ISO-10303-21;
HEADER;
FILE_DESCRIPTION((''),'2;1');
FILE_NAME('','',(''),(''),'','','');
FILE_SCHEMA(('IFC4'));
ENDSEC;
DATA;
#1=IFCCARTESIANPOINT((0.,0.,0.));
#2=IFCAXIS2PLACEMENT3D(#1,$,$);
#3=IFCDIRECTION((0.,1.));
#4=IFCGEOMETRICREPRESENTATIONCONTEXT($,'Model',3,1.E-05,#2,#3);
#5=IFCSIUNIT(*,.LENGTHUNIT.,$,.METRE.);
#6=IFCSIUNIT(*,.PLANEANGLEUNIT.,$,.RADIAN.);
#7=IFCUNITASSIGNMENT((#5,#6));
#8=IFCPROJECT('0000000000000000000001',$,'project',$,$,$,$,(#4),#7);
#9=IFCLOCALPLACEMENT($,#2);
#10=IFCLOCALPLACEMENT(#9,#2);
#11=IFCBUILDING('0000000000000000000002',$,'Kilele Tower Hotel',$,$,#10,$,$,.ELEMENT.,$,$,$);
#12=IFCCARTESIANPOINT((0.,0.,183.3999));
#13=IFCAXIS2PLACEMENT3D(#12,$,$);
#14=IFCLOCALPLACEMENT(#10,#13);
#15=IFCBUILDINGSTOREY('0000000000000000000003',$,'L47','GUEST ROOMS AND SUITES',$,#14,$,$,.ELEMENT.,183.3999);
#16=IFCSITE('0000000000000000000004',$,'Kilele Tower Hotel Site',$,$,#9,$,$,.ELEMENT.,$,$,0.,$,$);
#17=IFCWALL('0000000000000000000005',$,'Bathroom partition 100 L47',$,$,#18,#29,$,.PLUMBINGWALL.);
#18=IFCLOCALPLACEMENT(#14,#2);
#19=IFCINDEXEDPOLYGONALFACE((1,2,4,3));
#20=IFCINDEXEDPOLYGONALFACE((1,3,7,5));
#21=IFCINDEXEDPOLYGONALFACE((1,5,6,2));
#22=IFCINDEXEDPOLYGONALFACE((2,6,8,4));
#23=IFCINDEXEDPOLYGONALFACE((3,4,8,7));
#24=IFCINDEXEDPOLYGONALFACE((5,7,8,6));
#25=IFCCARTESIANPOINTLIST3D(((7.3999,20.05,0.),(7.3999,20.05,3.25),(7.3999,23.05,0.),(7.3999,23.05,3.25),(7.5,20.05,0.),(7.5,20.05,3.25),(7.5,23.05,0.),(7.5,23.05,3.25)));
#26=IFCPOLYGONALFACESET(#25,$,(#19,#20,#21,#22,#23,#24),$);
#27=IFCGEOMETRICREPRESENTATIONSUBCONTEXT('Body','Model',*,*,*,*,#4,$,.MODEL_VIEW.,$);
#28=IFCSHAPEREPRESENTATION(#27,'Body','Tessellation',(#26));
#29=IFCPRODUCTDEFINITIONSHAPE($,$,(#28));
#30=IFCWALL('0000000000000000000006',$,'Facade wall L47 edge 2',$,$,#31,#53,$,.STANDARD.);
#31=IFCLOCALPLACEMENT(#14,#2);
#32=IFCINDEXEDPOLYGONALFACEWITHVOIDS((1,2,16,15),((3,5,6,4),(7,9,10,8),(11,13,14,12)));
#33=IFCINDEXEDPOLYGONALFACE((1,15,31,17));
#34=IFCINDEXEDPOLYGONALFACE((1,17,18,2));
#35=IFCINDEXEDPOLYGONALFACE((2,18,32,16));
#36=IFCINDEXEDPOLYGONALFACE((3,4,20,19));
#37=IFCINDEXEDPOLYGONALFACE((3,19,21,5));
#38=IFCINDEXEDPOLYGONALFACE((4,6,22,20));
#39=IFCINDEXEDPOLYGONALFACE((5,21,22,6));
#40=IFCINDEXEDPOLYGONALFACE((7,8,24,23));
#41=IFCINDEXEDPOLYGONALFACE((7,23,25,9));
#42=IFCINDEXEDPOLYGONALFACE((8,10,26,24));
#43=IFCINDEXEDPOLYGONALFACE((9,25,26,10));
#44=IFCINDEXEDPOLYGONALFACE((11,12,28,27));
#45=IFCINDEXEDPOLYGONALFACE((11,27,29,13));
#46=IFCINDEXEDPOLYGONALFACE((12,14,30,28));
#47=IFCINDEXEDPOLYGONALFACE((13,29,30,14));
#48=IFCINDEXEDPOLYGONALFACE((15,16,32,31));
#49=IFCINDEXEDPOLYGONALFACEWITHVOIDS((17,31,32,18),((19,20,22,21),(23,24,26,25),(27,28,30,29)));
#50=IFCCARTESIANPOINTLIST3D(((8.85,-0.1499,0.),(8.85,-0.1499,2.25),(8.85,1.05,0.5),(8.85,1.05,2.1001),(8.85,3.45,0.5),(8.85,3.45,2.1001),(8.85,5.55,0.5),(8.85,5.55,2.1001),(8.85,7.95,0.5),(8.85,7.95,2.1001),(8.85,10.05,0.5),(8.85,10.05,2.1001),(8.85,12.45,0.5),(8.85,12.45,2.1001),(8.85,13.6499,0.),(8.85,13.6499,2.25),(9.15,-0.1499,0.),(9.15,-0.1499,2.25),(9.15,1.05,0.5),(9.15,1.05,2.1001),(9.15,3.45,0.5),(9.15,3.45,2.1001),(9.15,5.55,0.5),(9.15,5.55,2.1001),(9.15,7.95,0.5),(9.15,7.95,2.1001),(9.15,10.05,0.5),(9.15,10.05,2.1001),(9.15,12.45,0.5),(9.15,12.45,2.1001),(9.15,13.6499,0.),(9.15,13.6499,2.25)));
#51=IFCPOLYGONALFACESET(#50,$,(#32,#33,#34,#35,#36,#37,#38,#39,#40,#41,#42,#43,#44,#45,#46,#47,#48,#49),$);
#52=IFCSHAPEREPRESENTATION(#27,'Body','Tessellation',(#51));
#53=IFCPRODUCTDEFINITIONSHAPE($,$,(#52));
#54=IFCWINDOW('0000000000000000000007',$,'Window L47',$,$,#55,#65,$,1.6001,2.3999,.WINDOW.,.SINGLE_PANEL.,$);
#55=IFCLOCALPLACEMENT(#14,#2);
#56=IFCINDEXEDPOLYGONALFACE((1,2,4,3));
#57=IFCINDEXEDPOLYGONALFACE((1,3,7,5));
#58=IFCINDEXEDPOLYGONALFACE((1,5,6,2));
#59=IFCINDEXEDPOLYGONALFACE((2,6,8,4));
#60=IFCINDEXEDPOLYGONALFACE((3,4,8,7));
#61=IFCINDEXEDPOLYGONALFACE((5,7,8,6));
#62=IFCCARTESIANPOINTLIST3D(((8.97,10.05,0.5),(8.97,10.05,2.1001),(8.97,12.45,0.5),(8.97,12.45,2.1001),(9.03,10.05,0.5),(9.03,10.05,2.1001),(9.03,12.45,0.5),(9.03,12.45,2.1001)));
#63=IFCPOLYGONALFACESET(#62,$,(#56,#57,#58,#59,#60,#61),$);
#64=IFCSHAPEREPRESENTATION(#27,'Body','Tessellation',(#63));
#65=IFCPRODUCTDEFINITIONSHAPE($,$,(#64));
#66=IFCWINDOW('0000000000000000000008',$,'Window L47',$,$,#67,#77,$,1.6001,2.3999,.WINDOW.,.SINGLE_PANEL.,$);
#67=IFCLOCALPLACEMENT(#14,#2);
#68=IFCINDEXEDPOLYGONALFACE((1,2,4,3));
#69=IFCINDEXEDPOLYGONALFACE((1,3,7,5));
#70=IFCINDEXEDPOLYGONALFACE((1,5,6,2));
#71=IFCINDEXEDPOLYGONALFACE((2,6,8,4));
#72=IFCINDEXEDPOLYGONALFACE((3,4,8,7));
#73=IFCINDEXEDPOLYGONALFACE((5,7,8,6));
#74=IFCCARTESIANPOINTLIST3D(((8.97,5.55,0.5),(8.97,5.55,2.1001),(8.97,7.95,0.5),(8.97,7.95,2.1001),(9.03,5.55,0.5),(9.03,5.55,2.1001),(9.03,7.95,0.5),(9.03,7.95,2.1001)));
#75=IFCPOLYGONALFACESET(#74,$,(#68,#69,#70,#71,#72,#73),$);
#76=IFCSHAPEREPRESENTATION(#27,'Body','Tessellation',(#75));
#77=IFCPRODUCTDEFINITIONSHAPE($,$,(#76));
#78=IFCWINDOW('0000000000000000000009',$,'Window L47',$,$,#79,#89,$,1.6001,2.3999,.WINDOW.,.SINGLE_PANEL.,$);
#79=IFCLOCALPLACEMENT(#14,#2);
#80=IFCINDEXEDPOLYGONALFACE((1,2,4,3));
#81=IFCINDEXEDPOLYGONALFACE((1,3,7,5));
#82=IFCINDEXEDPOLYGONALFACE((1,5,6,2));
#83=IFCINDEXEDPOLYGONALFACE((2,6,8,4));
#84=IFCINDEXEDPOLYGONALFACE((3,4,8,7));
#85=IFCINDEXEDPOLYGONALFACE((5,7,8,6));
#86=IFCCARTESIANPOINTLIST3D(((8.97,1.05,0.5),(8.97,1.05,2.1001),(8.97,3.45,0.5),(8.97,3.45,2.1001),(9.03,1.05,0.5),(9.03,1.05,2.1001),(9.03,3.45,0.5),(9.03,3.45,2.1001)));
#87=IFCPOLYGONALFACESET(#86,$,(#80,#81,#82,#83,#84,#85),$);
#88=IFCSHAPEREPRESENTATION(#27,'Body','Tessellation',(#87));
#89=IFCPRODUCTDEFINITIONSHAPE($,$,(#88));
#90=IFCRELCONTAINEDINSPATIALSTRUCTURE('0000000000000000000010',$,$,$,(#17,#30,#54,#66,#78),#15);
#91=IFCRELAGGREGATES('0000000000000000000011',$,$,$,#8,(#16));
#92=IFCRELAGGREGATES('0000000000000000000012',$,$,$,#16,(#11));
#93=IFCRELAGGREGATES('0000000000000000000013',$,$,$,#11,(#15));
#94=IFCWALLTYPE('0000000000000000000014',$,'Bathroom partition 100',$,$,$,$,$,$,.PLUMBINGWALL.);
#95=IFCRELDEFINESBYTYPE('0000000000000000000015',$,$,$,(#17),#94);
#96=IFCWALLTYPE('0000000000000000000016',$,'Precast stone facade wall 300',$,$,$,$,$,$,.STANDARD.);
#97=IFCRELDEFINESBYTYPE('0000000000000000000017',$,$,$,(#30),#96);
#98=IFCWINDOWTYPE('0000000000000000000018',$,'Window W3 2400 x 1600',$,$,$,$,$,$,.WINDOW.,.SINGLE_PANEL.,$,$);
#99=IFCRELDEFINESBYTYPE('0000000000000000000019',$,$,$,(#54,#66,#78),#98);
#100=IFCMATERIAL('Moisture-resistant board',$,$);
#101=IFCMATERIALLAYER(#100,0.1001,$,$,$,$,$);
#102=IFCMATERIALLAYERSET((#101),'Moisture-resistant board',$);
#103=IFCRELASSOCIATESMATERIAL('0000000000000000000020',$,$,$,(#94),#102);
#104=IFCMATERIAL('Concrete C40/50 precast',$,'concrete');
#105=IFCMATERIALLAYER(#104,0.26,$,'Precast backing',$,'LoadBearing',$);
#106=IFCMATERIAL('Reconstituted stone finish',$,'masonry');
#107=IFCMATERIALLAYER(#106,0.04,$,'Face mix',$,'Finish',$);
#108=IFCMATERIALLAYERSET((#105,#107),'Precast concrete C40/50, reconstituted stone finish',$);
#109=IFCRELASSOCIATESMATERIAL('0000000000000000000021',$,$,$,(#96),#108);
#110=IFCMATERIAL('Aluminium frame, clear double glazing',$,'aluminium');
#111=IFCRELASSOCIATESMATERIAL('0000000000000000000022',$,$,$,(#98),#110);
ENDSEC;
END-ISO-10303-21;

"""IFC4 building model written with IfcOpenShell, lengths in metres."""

from ifc_helpers import new_model, si_unit, direction, frame, frame_2d, origin, place, context, subcontext, project, spatial, rectangle, extrude, material, layer, layer_set, type_object, element, fill, save


model = new_model("IFC4")

# Units and contexts
model_context = context("Model", 3, precision=1e-05, world=origin(), true_north=direction((0.0, 1.0)))
body_context = subcontext(model_context, "Body", "Model", "MODEL_VIEW")
ifc_project = project(units=[si_unit("LENGTHUNIT", "METRE"), si_unit("PLANEANGLEUNIT", "RADIAN")], contexts=[model_context])

# Site, building, storey
site_placement = place(None, origin())
site = spatial("IfcSite", under=ifc_project, at=site_placement, Name="Kilele Tower Hotel Site", CompositionType="ELEMENT", RefElevation=0.0)
building_placement = place(site_placement, origin())
building = spatial("IfcBuilding", under=site, at=building_placement, Name="Kilele Tower Hotel", CompositionType="ELEMENT")
storey_placement = place(building_placement, frame((0.0, 0.0, 183.3999)))
storey = spatial("IfcBuildingStorey", under=building, at=storey_placement, Name="L47", Description="GUEST ROOMS AND SUITES", CompositionType="ELEMENT", Elevation=183.3999)

# Shared definitions
ifc_material_1 = material(Name="Moisture-resistant board")
ifc_layer_1 = layer(ifc_material_1, 0.1001)
ifc_layer_set_1 = layer_set([ifc_layer_1], Name="Moisture-resistant board")
wall_type_1 = type_object("IfcWallType", Name="Bathroom partition 100", PredefinedType="PLUMBINGWALL", material=ifc_layer_set_1)

# Wall
wall_1_placement = place(storey_placement, frame((7.45, 20.05, 0.0), z_axis=(0.0, 0.0, 1.0), x_axis=(0.0, 1.0, 0.0)))
element("IfcWall", 1, at=wall_1_placement, inside=storey, type_object=wall_type_1, Name="Bathroom partition 100 L47", PredefinedType="PLUMBINGWALL", context=body_context, shape_type="SweptSolid", body=[
    extrude(rectangle(XDim=3.0, YDim=0.1001, at=frame_2d((1.5, 0.0))), origin(), (0.0, 0.0, 1.0), 3.25),
])

# Wall, openings, windows
ifc_material_2 = material(Name="Concrete C40/50 precast", Category="concrete")
ifc_layer_2 = layer(ifc_material_2, 0.26, Name="Precast backing", Category="LoadBearing")
ifc_material_3 = material(Name="Reconstituted stone finish", Category="masonry")
ifc_layer_3 = layer(ifc_material_3, 0.04, Name="Face mix", Category="Finish")
ifc_layer_set_2 = layer_set([ifc_layer_2, ifc_layer_3], Name="Precast concrete C40/50, reconstituted stone finish")
wall_type_2 = type_object("IfcWallType", Name="Precast stone facade wall 300", PredefinedType="STANDARD", material=ifc_layer_set_2)
wall_2_placement = place(storey_placement, frame((9.0, 13.6499, 0.0), z_axis=(0.0, 0.0, 1.0), x_axis=(0.0, -1.0, 0.0)))
wall_2 = element("IfcWall", 2, at=wall_2_placement, inside=storey, type_object=wall_type_2, Name="Facade wall L47 edge 2", PredefinedType="STANDARD", context=body_context, shape_type="SweptSolid", body=[
    extrude(rectangle(XDim=13.7998, YDim=0.3, at=frame_2d((6.8999, 0.0))), origin(), (0.0, 0.0, 1.0), 2.25),
])
opening_1_placement = place(wall_2_placement, frame((1.2, 0.0, 0.5)))
opening_1 = element("IfcOpeningElement", 3, at=opening_1_placement, cuts=wall_2, PredefinedType="OPENING", context=body_context, shape_type="SweptSolid", body=[
    extrude(rectangle(XDim=2.3999, YDim=1.6001, at=frame_2d((1.2, 0.8))), frame((0.0, 0.1599, 0.0), z_axis=(0.0, -1.0, 0.0), x_axis=(1.0, 0.0, 0.0)), (0.0, 0.0, 1.0), 0.3201),
])
opening_2_placement = place(wall_2_placement, frame((5.7, 0.0, 0.5)))
opening_2 = element("IfcOpeningElement", 4, at=opening_2_placement, cuts=wall_2, PredefinedType="OPENING", context=body_context, shape_type="SweptSolid", body=[
    extrude(rectangle(XDim=2.3999, YDim=1.6001, at=frame_2d((1.2, 0.8))), frame((0.0, 0.1599, 0.0), z_axis=(0.0, -1.0, 0.0), x_axis=(1.0, 0.0, 0.0)), (0.0, 0.0, 1.0), 0.3201),
])
opening_3_placement = place(wall_2_placement, frame((10.2, 0.0, 0.5)))
opening_3 = element("IfcOpeningElement", 5, at=opening_3_placement, cuts=wall_2, PredefinedType="OPENING", context=body_context, shape_type="SweptSolid", body=[
    extrude(rectangle(XDim=2.3999, YDim=1.6001, at=frame_2d((1.2, 0.8))), frame((0.0, 0.1599, 0.0), z_axis=(0.0, -1.0, 0.0), x_axis=(1.0, 0.0, 0.0)), (0.0, 0.0, 1.0), 0.3201),
])
ifc_material_4 = material(Name="Aluminium frame, clear double glazing", Category="aluminium")
window_type = type_object("IfcWindowType", Name="Window W3 2400 x 1600", PartitioningType="SINGLE_PANEL", PredefinedType="WINDOW", material=ifc_material_4)
window_1_placement = place(opening_1_placement, origin())
window_1 = element("IfcWindow", 6, at=window_1_placement, inside=storey, type_object=window_type, Name="Window L47", OverallHeight=1.6001, OverallWidth=2.3999, PartitioningType="SINGLE_PANEL", PredefinedType="WINDOW", context=body_context, shape_type="SweptSolid", body=[
    extrude(rectangle(XDim=2.3999, YDim=1.6001, at=frame_2d((1.2, 0.8))), frame((0.0, 0.03, 0.0), z_axis=(0.0, -1.0, 0.0), x_axis=(1.0, 0.0, 0.0)), (0.0, 0.0, 1.0), 0.0601),
])
fill(opening_1, window_1)
window_2_placement = place(opening_2_placement, origin())
window_2 = element("IfcWindow", 7, at=window_2_placement, inside=storey, type_object=window_type, Name="Window L47", OverallHeight=1.6001, OverallWidth=2.3999, PartitioningType="SINGLE_PANEL", PredefinedType="WINDOW", context=body_context, shape_type="SweptSolid", body=[
    extrude(rectangle(XDim=2.3999, YDim=1.6001, at=frame_2d((1.2, 0.8))), frame((0.0, 0.03, 0.0), z_axis=(0.0, -1.0, 0.0), x_axis=(1.0, 0.0, 0.0)), (0.0, 0.0, 1.0), 0.0601),
])
fill(opening_2, window_2)
window_3_placement = place(opening_3_placement, origin())
window_3 = element("IfcWindow", 8, at=window_3_placement, inside=storey, type_object=window_type, Name="Window L47", OverallHeight=1.6001, OverallWidth=2.3999, PartitioningType="SINGLE_PANEL", PredefinedType="WINDOW", context=body_context, shape_type="SweptSolid", body=[
    extrude(rectangle(XDim=2.3999, YDim=1.6001, at=frame_2d((1.2, 0.8))), frame((0.0, 0.03, 0.0), z_axis=(0.0, -1.0, 0.0), x_axis=(1.0, 0.0, 0.0)), (0.0, 0.0, 1.0), 0.0601),
])
fill(opening_3, window_3)

save(model, "model.ifc")
